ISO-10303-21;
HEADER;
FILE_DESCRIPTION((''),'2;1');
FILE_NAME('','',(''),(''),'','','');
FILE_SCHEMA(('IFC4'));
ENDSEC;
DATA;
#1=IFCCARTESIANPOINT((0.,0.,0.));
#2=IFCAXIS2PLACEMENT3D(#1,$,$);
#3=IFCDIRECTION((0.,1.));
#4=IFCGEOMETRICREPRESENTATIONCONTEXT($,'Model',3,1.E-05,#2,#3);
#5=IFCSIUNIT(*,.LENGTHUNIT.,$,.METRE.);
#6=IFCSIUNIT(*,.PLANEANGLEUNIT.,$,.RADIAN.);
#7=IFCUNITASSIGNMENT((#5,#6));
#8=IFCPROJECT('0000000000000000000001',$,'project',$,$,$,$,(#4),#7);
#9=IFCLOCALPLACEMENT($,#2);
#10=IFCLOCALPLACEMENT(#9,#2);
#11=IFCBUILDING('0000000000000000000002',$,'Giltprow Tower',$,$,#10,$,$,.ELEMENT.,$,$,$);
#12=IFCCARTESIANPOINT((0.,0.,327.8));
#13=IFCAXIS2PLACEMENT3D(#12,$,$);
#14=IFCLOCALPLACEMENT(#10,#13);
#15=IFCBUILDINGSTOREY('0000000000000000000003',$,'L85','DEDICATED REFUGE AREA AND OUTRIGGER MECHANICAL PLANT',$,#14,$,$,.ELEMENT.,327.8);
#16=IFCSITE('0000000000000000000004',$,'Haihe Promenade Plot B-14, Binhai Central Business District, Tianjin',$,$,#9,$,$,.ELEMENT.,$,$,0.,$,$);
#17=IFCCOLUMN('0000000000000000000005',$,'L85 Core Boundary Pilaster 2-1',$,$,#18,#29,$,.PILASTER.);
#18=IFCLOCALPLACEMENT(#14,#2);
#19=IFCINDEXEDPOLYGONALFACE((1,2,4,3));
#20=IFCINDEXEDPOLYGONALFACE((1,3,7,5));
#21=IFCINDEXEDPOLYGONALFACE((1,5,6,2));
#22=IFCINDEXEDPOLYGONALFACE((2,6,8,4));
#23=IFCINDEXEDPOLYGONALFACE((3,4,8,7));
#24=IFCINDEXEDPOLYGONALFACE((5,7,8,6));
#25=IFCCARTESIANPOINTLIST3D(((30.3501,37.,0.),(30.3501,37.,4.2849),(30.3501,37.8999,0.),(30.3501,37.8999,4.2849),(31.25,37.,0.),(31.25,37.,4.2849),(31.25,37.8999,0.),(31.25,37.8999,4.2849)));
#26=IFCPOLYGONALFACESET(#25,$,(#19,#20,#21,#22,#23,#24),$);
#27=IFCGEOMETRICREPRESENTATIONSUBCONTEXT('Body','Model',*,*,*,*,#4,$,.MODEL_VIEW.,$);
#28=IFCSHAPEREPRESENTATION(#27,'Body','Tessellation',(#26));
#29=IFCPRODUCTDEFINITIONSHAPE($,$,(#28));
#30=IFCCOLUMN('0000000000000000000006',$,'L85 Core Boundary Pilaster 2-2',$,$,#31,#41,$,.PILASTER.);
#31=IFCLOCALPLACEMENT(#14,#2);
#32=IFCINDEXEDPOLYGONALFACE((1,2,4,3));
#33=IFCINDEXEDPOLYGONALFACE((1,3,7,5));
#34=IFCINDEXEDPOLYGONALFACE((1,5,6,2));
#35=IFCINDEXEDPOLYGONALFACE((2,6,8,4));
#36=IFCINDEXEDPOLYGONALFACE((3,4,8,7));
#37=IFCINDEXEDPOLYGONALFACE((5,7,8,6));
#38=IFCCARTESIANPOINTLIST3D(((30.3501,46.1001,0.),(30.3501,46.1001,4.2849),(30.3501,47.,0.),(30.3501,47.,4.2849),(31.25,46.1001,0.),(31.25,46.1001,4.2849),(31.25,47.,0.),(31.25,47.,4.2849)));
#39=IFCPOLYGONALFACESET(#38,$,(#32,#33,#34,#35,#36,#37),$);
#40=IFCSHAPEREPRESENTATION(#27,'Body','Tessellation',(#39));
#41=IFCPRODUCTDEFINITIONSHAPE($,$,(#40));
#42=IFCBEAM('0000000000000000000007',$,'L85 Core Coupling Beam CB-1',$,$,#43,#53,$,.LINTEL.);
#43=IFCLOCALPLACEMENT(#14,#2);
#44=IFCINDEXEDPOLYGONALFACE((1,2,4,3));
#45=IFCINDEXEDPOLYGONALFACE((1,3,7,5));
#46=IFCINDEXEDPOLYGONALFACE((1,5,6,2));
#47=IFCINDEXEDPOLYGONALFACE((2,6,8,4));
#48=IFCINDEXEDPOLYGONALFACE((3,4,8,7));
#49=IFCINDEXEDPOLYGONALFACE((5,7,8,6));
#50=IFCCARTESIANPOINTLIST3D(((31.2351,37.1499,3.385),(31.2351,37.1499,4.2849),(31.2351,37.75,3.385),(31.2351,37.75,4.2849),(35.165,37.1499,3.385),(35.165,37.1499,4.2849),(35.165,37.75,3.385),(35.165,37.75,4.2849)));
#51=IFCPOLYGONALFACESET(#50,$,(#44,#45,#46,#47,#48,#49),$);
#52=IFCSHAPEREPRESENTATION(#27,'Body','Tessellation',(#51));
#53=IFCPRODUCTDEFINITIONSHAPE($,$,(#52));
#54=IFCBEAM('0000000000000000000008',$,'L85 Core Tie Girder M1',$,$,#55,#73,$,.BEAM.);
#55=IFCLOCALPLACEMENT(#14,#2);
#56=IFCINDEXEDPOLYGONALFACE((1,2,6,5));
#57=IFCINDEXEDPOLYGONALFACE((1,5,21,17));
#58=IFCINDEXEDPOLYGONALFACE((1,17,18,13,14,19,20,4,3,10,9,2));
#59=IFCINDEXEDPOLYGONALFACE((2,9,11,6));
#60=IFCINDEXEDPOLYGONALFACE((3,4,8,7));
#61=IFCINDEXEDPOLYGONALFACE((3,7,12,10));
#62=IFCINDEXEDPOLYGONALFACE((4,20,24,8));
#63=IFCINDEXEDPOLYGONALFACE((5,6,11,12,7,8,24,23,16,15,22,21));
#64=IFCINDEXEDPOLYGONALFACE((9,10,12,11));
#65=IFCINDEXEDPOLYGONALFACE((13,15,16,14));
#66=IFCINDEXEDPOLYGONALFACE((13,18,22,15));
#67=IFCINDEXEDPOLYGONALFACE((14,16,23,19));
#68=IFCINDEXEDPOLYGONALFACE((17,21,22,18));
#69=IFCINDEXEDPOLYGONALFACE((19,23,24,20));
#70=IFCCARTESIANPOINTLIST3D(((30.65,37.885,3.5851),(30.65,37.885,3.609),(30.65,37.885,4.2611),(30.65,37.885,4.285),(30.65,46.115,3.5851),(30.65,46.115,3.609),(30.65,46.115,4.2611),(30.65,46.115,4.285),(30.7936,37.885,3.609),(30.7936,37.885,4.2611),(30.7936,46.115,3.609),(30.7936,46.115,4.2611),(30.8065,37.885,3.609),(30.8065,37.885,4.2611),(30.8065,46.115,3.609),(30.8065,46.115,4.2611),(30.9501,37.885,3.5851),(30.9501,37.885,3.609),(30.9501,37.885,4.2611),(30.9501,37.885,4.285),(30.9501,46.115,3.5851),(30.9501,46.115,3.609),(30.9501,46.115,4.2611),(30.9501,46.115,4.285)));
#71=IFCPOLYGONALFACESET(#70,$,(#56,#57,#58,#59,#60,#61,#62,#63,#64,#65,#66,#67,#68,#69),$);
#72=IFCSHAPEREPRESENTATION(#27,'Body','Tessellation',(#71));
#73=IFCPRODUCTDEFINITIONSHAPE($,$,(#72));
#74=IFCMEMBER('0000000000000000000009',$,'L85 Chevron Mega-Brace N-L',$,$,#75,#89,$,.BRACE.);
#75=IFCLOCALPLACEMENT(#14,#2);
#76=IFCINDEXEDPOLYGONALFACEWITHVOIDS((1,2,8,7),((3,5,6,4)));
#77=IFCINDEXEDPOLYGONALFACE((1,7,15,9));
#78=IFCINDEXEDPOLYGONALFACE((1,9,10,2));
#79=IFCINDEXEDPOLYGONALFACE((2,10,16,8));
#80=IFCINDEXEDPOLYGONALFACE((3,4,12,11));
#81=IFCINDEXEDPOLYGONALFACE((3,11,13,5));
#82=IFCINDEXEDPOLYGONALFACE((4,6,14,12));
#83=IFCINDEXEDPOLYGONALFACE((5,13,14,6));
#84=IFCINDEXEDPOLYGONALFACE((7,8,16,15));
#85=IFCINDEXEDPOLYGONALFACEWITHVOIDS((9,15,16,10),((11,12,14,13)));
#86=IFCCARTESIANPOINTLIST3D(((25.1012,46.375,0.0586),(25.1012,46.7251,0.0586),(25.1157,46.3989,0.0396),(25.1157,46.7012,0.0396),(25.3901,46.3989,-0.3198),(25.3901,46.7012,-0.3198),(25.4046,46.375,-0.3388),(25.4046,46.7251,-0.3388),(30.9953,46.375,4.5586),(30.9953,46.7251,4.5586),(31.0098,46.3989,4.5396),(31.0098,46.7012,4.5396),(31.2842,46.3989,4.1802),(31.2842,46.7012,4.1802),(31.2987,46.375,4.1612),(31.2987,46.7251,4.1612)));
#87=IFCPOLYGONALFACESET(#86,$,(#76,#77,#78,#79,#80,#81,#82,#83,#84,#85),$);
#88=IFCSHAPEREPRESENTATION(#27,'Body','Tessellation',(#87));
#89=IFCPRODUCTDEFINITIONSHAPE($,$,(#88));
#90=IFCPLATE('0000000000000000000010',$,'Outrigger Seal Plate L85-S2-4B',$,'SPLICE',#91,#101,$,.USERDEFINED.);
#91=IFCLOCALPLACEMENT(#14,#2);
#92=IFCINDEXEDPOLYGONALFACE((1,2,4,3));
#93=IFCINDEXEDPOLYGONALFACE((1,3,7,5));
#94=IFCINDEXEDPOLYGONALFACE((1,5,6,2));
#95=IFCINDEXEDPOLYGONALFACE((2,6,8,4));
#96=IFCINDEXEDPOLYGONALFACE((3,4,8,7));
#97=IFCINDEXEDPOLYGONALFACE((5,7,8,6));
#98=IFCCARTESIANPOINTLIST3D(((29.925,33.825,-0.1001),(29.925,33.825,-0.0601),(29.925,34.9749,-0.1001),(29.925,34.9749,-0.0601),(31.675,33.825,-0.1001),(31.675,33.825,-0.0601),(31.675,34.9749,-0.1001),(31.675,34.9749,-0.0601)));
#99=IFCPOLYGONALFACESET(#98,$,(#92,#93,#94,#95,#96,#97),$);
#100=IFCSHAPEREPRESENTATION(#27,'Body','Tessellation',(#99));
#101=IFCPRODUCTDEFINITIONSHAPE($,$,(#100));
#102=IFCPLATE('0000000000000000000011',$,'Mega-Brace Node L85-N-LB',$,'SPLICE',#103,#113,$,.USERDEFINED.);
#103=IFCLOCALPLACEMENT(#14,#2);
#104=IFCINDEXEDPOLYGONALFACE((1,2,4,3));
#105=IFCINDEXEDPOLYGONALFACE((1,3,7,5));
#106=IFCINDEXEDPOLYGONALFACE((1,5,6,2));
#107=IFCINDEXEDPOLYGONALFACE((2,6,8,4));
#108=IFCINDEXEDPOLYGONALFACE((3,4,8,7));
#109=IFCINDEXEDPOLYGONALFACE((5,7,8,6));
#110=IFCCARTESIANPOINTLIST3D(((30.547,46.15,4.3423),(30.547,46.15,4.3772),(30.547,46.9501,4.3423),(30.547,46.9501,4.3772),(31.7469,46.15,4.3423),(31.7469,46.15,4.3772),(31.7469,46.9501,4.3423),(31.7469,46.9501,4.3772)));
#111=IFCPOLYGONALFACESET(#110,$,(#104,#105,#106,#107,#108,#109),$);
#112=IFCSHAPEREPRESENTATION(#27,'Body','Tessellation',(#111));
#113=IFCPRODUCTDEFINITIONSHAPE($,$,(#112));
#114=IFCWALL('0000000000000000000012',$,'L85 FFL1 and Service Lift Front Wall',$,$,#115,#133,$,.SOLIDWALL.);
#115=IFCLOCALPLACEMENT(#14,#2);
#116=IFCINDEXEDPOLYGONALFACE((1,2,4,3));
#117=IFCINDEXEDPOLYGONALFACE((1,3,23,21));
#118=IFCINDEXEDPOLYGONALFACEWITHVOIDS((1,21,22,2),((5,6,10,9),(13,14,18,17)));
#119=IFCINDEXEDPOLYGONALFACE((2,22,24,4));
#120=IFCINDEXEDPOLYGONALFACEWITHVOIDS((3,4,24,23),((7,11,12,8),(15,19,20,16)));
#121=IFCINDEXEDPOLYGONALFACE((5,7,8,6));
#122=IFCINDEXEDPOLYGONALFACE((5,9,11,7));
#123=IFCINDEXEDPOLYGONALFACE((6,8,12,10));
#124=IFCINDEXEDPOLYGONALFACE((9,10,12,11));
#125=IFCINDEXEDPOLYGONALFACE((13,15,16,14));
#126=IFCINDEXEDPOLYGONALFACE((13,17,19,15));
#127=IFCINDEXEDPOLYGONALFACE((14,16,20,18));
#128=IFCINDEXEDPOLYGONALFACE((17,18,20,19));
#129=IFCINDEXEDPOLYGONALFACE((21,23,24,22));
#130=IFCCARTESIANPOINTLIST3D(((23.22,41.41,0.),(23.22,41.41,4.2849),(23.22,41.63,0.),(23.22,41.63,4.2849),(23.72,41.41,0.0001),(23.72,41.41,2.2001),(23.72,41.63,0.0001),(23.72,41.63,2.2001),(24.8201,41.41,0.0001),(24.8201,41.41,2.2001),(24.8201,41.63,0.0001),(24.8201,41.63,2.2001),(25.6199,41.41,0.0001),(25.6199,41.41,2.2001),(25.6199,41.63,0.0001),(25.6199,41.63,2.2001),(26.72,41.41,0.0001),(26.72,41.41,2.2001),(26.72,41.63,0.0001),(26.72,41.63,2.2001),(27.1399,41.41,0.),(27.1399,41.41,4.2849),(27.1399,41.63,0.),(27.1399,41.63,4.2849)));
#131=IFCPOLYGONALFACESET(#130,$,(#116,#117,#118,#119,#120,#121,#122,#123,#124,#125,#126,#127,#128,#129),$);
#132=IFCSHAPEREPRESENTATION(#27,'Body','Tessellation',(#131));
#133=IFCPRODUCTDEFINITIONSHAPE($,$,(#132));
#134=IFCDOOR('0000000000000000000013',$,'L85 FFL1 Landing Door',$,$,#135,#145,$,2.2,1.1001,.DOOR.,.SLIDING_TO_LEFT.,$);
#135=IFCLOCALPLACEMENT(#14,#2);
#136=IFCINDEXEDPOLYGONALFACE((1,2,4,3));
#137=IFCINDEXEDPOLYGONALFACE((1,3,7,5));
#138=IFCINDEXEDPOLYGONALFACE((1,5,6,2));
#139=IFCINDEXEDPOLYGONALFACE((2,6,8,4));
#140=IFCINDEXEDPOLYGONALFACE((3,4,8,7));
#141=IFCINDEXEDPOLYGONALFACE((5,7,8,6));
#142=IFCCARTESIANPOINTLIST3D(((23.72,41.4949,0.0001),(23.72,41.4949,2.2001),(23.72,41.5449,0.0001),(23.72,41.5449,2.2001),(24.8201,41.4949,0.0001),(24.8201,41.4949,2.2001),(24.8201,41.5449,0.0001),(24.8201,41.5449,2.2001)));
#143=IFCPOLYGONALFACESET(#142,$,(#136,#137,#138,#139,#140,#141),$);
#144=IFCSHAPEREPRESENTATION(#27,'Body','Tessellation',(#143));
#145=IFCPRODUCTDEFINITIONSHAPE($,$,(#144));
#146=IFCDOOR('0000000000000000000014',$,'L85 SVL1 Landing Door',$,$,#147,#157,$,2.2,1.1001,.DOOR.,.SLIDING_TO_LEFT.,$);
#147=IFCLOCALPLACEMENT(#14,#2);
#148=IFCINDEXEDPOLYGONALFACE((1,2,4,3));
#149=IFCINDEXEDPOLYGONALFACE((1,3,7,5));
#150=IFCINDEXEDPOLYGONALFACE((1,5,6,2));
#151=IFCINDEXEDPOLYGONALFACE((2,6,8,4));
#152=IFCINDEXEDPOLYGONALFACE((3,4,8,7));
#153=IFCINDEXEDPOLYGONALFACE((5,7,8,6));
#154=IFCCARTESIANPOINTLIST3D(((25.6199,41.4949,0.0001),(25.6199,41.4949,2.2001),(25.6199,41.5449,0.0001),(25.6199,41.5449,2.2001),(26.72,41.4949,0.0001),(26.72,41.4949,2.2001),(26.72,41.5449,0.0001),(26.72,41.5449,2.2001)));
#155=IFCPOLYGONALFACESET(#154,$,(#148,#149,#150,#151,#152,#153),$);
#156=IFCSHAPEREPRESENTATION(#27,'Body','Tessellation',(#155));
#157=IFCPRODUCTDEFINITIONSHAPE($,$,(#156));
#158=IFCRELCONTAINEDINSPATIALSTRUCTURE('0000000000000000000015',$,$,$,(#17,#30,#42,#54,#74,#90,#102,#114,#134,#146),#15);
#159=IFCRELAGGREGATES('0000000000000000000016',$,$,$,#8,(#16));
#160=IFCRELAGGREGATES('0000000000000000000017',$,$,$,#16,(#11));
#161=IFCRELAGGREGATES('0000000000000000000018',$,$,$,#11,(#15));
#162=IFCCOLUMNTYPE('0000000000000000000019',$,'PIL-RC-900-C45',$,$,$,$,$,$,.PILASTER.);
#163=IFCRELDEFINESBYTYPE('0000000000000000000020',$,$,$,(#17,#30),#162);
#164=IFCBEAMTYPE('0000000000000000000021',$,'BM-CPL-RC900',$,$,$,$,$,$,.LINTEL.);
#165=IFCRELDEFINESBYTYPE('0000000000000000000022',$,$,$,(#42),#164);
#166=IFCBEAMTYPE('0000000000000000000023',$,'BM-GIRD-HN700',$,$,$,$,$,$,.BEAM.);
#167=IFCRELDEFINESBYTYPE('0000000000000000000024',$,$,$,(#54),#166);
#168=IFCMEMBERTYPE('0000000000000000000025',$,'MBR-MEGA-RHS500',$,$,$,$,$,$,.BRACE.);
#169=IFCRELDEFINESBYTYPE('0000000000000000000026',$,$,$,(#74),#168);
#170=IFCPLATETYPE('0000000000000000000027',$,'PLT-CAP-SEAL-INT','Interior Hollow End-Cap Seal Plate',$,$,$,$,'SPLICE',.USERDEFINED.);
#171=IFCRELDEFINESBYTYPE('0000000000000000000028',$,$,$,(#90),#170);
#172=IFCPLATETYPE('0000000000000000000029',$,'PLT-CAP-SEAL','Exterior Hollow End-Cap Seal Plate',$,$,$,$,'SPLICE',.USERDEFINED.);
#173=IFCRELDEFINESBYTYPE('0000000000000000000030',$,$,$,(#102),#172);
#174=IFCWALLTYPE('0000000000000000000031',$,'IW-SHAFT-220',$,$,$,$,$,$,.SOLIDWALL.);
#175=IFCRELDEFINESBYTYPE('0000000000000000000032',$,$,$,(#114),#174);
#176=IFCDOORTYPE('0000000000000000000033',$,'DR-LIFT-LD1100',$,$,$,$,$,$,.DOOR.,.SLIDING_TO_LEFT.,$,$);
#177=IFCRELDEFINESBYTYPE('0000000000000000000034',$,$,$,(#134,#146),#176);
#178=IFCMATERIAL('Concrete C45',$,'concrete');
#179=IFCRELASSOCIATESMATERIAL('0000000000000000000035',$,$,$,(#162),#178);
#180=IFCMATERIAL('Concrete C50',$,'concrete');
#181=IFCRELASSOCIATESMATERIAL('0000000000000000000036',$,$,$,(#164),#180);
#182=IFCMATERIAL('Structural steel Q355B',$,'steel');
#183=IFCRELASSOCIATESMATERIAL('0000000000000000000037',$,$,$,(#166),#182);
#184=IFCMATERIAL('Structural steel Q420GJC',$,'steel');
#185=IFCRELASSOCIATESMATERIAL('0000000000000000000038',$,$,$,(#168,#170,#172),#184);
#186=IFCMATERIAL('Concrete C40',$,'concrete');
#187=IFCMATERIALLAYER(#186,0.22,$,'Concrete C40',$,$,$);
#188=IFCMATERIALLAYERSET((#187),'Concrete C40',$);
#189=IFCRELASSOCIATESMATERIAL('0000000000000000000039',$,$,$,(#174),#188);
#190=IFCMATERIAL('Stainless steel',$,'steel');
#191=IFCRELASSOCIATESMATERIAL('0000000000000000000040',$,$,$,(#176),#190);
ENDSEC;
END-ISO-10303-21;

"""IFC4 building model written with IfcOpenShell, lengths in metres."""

from ifc_helpers import new_model, si_unit, direction, frame, frame_2d, origin, origin_2d, place, context, subcontext, project, spatial, rectangle, hollow_rectangle, i_section, extrude, source, transform, mapped, material, layer, layer_set, material_profile, profile_set, type_object, element, fill, save


model = new_model("IFC4")

# Units and contexts
model_context = context("Model", 3, precision=1e-05, world=origin(), true_north=direction((0.0, 1.0)))
body_context = subcontext(model_context, "Body", "Model", "MODEL_VIEW")
ifc_project = project(units=[si_unit("LENGTHUNIT", "METRE"), si_unit("PLANEANGLEUNIT", "RADIAN")], contexts=[model_context])

# Site, building, storey
site_placement = place(None, origin())
site = spatial("IfcSite", under=ifc_project, at=site_placement, Name="Haihe Promenade Plot B-14, Binhai Central Business District, Tianjin", CompositionType="ELEMENT", RefElevation=0.0)
building_placement = place(site_placement, origin())
building = spatial("IfcBuilding", under=site, at=building_placement, Name="Giltprow Tower", CompositionType="ELEMENT")
storey_placement = place(building_placement, frame((0.0, 0.0, 327.8)))
storey = spatial("IfcBuildingStorey", under=building, at=storey_placement, Name="L85", Description="DEDICATED REFUGE AREA AND OUTRIGGER MECHANICAL PLANT", CompositionType="ELEMENT", Elevation=327.8)

# Columns
ifc_material_1 = material(Name="Concrete C45", Category="concrete")
ifc_material_profile_1 = material_profile(ifc_material_1, rectangle(XDim=0.8999, YDim=0.8999, at=origin_2d()), Name="RC 900x900")
ifc_profile_set_1 = profile_set([ifc_material_profile_1], Name="Concrete C45")
column_type = type_object("IfcColumnType", Name="PIL-RC-900-C45", PredefinedType="PILASTER", material=ifc_profile_set_1)
shared_shape_1 = source(origin(), body_context, "Body", "SweptSolid", [
    extrude(rectangle(XDim=0.8999, YDim=0.8999, at=origin_2d()), origin(), (0.0, 0.0, 1.0), 4.2849),
])
for number, where, z_axis, x_axis, name in (
    (1, (30.8, 37.45, 0.0), (0.0, 0.0, 1.0), (1.0, 0.0, 0.0), "L85 Core Boundary Pilaster 2-1"),
    (2, (30.8, 46.55, 0.0), (0.0, 0.0, 1.0), (1.0, 0.0, 0.0), "L85 Core Boundary Pilaster 2-2"),
):
    element("IfcColumn", number, at=place(storey_placement, frame(where, z_axis=z_axis, x_axis=x_axis)), inside=storey, type_object=column_type, Name=name, PredefinedType="PILASTER", context=body_context, shape_type="MappedRepresentation", body=[
        mapped(shared_shape_1, transform((0.0, 0.0, 0.0), x_axis=(1.0, 0.0, 0.0), y_axis=(0.0, 1.0, 0.0), z_axis=(0.0, 0.0, 1.0), scale=1.0)),
    ])

# Beams
ifc_material_2 = material(Name="Concrete C50", Category="concrete")
ifc_material_profile_2 = material_profile(ifc_material_2, rectangle(XDim=0.6001, YDim=0.8999, at=origin_2d()), Name="RC 900x600")
ifc_profile_set_2 = profile_set([ifc_material_profile_2], Name="Concrete C50")
beam_type_1 = type_object("IfcBeamType", Name="BM-CPL-RC900", PredefinedType="LINTEL", material=ifc_profile_set_2)
shared_shape_2 = source(origin(), body_context, "Body", "SweptSolid", [
    extrude(rectangle(XDim=0.6001, YDim=0.8999, at=origin_2d()), origin(), (0.0, 0.0, 1.0), 3.9299),
])
beam_1_placement = place(storey_placement, frame((31.2351, 37.45, 3.835), z_axis=(1.0, 0.0, 0.0), x_axis=(0.0, 1.0, 0.0)))
element("IfcBeam", 3, at=beam_1_placement, inside=storey, type_object=beam_type_1, Name="L85 Core Coupling Beam CB-1", PredefinedType="LINTEL", context=body_context, shape_type="MappedRepresentation", body=[
    mapped(shared_shape_2, transform((0.0, 0.0, 0.0), x_axis=(1.0, 0.0, 0.0), y_axis=(0.0, 1.0, 0.0), z_axis=(0.0, 0.0, 1.0), scale=1.0)),
])
ifc_material_3 = material(Name="Structural steel Q355B", Category="steel")
ifc_material_profile_3 = material_profile(ifc_material_3, i_section(OverallWidth=0.3, OverallDepth=0.7, WebThickness=0.0129, FlangeThickness=0.0239, at=origin_2d()), Name="HN 700x300x13x24")
ifc_profile_set_3 = profile_set([ifc_material_profile_3], Name="Structural steel Q355B")
beam_type_2 = type_object("IfcBeamType", Name="BM-GIRD-HN700", PredefinedType="BEAM", material=ifc_profile_set_3)
shared_shape_3 = source(origin(), body_context, "Body", "SweptSolid", [
    extrude(i_section(OverallWidth=0.3, OverallDepth=0.7, WebThickness=0.0129, FlangeThickness=0.0239, at=origin_2d()), origin(), (0.0, 0.0, 1.0), 8.23),
])
beam_2_placement = place(storey_placement, frame((30.8, 37.885, 3.9351), z_axis=(0.0, 1.0, 0.0), x_axis=(-1.0, 0.0, 0.0)))
element("IfcBeam", 4, at=beam_2_placement, inside=storey, type_object=beam_type_2, Name="L85 Core Tie Girder M1", PredefinedType="BEAM", context=body_context, shape_type="MappedRepresentation", body=[
    mapped(shared_shape_3, transform((0.0, 0.0, 0.0), x_axis=(1.0, 0.0, 0.0), y_axis=(0.0, 1.0, 0.0), z_axis=(0.0, 0.0, 1.0), scale=1.0)),
])

# Member
ifc_material_4 = material(Name="Structural steel Q420GJC", Category="steel")
ifc_material_profile_4 = material_profile(ifc_material_4, hollow_rectangle(XDim=0.3501, YDim=0.5, WallThickness=0.0239, at=origin_2d()), Name="RHS 500x350x24")
ifc_profile_set_4 = profile_set([ifc_material_profile_4], Name="Structural steel Q420GJC")
member_type = type_object("IfcMemberType", Name="MBR-MEGA-RHS500", PredefinedType="BRACE", material=ifc_profile_set_4)
shared_shape_4 = source(origin(), body_context, "Body", "SweptSolid", [
    extrude(hollow_rectangle(XDim=0.3501, YDim=0.5, WallThickness=0.0239, at=origin_2d()), origin(), (0.0, 0.0, 1.0), 7.4155),
])
member_placement = place(storey_placement, frame((25.2529, 46.55, -0.1401), z_axis=(0.794827, 0.0, 0.606836), x_axis=(0.0, 1.0, 0.0)))
element("IfcMember", 5, at=member_placement, inside=storey, type_object=member_type, Name="L85 Chevron Mega-Brace N-L", PredefinedType="BRACE", context=body_context, shape_type="MappedRepresentation", body=[
    mapped(shared_shape_4, transform((0.0, 0.0, 0.0), x_axis=(1.0, 0.0, 0.0), y_axis=(0.0, 1.0, 0.0), z_axis=(0.0, 0.0, 1.0), scale=1.0)),
])

# Plates
plate_type_1 = type_object("IfcPlateType", Name="PLT-CAP-SEAL-INT", Description="Interior Hollow End-Cap Seal Plate", ElementType="SPLICE", PredefinedType="USERDEFINED", material=ifc_material_4)
shared_shape_5 = source(origin(), body_context, "Body", "SweptSolid", [
    extrude(rectangle(XDim=1.75, YDim=1.1499, at=origin_2d()), origin(), (0.0, 0.0, 1.0), 0.04),
])
plate_1_placement = place(storey_placement, frame((30.8, 34.3999, -0.1001), z_axis=(0.0, 0.0, 1.0), x_axis=(1.0, 0.0, 0.0)))
element("IfcPlate", 6, at=plate_1_placement, inside=storey, type_object=plate_type_1, Name="Outrigger Seal Plate L85-S2-4B", ObjectType="SPLICE", PredefinedType="USERDEFINED", context=body_context, shape_type="MappedRepresentation", body=[
    mapped(shared_shape_5, transform((0.0, 0.0, 0.0), x_axis=(1.0, 0.0, 0.0), y_axis=(0.0, 1.0, 0.0), z_axis=(0.0, 0.0, 1.0), scale=1.0)),
])
plate_type_2 = type_object("IfcPlateType", Name="PLT-CAP-SEAL", Description="Exterior Hollow End-Cap Seal Plate", ElementType="SPLICE", PredefinedType="USERDEFINED", material=ifc_material_4)
shared_shape_6 = source(origin(), body_context, "Body", "SweptSolid", [
    extrude(rectangle(XDim=1.2, YDim=0.8, at=origin_2d()), origin(), (0.0, 0.0, 1.0), 0.0349),
])
plate_2_placement = place(storey_placement, frame((31.147, 46.55, 4.3423), z_axis=(0.0, 0.0, 1.0), x_axis=(1.0, 0.0, 0.0)))
element("IfcPlate", 7, at=plate_2_placement, inside=storey, type_object=plate_type_2, Name="Mega-Brace Node L85-N-LB", ObjectType="SPLICE", PredefinedType="USERDEFINED", context=body_context, shape_type="MappedRepresentation", body=[
    mapped(shared_shape_6, transform((0.0, 0.0, 0.0), x_axis=(1.0, 0.0, 0.0), y_axis=(0.0, 1.0, 0.0), z_axis=(0.0, 0.0, 1.0), scale=1.0)),
])

# Wall, openings, doors
ifc_material_5 = material(Name="Concrete C40", Category="concrete")
ifc_layer_1 = layer(ifc_material_5, 0.22, Name="Concrete C40")
ifc_layer_set_1 = layer_set([ifc_layer_1], Name="Concrete C40")
wall_type_1 = type_object("IfcWallType", Name="IW-SHAFT-220", PredefinedType="SOLIDWALL", material=ifc_layer_set_1)
wall_1_placement = place(storey_placement, frame((23.22, 41.52, 0.0), z_axis=(0.0, 0.0, 1.0), x_axis=(1.0, 0.0, 0.0)))
wall_1 = element("IfcWall", 8, at=wall_1_placement, inside=storey, type_object=wall_type_1, Name="L85 FFL1 and Service Lift Front Wall", PredefinedType="SOLIDWALL", context=body_context, shape_type="SweptSolid", body=[
    extrude(rectangle(XDim=3.9199, YDim=0.22, at=frame_2d((1.96, 0.0))), origin(), (0.0, 0.0, 1.0), 4.2849),
])
opening_1_placement = place(wall_1_placement, frame((0.5, 0.0, 0.0)))
opening_1 = element("IfcOpeningElement", 9, at=opening_1_placement, cuts=wall_1, PredefinedType="OPENING", context=body_context, shape_type="SweptSolid", body=[
    extrude(rectangle(XDim=1.1001, YDim=2.2, at=frame_2d((0.55, 1.1001))), frame((0.0, 0.1199, 0.0), z_axis=(0.0, -1.0, 0.0), x_axis=(1.0, 0.0, 0.0)), (0.0, 0.0, 1.0), 0.24),
])
opening_2_placement = place(wall_1_placement, frame((2.3999, 0.0, 0.0)))
opening_2 = element("IfcOpeningElement", 10, at=opening_2_placement, cuts=wall_1, PredefinedType="OPENING", context=body_context, shape_type="SweptSolid", body=[
    extrude(rectangle(XDim=1.1001, YDim=2.2, at=frame_2d((0.55, 1.1001))), frame((0.0, 0.1199, 0.0), z_axis=(0.0, -1.0, 0.0), x_axis=(1.0, 0.0, 0.0)), (0.0, 0.0, 1.0), 0.24),
])
ifc_material_6 = material(Name="Stainless steel", Category="steel")
door_type_1 = type_object("IfcDoorType", Name="DR-LIFT-LD1100", OperationType="SLIDING_TO_LEFT", PredefinedType="DOOR", material=ifc_material_6)
shared_shape_7 = source(origin(), body_context, "Body", "SweptSolid", [
    extrude(rectangle(XDim=1.1001, YDim=2.2, at=frame_2d((0.55, 1.1001))), frame((0.0, 0.0249, 0.0), z_axis=(0.0, -1.0, 0.0), x_axis=(1.0, 0.0, 0.0)), (0.0, 0.0, 1.0), 0.05),
])
door_1_placement = place(opening_1_placement, origin())
door_1 = element("IfcDoor", 11, at=door_1_placement, inside=storey, type_object=door_type_1, Name="L85 FFL1 Landing Door", OperationType="SLIDING_TO_LEFT", OverallHeight=2.2, OverallWidth=1.1001, PredefinedType="DOOR", context=body_context, shape_type="MappedRepresentation", body=[
    mapped(shared_shape_7, transform((0.0, 0.0, 0.0), x_axis=(1.0, 0.0, 0.0), y_axis=(0.0, 1.0, 0.0), z_axis=(0.0, 0.0, 1.0), scale=1.0)),
])
fill(opening_1, door_1)
door_2_placement = place(opening_2_placement, origin())
door_2 = element("IfcDoor", 12, at=door_2_placement, inside=storey, type_object=door_type_1, Name="L85 SVL1 Landing Door", OperationType="SLIDING_TO_LEFT", OverallHeight=2.2, OverallWidth=1.1001, PredefinedType="DOOR", context=body_context, shape_type="MappedRepresentation", body=[
    mapped(shared_shape_7, transform((0.0, 0.0, 0.0), x_axis=(1.0, 0.0, 0.0), y_axis=(0.0, 1.0, 0.0), z_axis=(0.0, 0.0, 1.0), scale=1.0)),
])
fill(opening_2, door_2)

save(model, "model.ifc")
